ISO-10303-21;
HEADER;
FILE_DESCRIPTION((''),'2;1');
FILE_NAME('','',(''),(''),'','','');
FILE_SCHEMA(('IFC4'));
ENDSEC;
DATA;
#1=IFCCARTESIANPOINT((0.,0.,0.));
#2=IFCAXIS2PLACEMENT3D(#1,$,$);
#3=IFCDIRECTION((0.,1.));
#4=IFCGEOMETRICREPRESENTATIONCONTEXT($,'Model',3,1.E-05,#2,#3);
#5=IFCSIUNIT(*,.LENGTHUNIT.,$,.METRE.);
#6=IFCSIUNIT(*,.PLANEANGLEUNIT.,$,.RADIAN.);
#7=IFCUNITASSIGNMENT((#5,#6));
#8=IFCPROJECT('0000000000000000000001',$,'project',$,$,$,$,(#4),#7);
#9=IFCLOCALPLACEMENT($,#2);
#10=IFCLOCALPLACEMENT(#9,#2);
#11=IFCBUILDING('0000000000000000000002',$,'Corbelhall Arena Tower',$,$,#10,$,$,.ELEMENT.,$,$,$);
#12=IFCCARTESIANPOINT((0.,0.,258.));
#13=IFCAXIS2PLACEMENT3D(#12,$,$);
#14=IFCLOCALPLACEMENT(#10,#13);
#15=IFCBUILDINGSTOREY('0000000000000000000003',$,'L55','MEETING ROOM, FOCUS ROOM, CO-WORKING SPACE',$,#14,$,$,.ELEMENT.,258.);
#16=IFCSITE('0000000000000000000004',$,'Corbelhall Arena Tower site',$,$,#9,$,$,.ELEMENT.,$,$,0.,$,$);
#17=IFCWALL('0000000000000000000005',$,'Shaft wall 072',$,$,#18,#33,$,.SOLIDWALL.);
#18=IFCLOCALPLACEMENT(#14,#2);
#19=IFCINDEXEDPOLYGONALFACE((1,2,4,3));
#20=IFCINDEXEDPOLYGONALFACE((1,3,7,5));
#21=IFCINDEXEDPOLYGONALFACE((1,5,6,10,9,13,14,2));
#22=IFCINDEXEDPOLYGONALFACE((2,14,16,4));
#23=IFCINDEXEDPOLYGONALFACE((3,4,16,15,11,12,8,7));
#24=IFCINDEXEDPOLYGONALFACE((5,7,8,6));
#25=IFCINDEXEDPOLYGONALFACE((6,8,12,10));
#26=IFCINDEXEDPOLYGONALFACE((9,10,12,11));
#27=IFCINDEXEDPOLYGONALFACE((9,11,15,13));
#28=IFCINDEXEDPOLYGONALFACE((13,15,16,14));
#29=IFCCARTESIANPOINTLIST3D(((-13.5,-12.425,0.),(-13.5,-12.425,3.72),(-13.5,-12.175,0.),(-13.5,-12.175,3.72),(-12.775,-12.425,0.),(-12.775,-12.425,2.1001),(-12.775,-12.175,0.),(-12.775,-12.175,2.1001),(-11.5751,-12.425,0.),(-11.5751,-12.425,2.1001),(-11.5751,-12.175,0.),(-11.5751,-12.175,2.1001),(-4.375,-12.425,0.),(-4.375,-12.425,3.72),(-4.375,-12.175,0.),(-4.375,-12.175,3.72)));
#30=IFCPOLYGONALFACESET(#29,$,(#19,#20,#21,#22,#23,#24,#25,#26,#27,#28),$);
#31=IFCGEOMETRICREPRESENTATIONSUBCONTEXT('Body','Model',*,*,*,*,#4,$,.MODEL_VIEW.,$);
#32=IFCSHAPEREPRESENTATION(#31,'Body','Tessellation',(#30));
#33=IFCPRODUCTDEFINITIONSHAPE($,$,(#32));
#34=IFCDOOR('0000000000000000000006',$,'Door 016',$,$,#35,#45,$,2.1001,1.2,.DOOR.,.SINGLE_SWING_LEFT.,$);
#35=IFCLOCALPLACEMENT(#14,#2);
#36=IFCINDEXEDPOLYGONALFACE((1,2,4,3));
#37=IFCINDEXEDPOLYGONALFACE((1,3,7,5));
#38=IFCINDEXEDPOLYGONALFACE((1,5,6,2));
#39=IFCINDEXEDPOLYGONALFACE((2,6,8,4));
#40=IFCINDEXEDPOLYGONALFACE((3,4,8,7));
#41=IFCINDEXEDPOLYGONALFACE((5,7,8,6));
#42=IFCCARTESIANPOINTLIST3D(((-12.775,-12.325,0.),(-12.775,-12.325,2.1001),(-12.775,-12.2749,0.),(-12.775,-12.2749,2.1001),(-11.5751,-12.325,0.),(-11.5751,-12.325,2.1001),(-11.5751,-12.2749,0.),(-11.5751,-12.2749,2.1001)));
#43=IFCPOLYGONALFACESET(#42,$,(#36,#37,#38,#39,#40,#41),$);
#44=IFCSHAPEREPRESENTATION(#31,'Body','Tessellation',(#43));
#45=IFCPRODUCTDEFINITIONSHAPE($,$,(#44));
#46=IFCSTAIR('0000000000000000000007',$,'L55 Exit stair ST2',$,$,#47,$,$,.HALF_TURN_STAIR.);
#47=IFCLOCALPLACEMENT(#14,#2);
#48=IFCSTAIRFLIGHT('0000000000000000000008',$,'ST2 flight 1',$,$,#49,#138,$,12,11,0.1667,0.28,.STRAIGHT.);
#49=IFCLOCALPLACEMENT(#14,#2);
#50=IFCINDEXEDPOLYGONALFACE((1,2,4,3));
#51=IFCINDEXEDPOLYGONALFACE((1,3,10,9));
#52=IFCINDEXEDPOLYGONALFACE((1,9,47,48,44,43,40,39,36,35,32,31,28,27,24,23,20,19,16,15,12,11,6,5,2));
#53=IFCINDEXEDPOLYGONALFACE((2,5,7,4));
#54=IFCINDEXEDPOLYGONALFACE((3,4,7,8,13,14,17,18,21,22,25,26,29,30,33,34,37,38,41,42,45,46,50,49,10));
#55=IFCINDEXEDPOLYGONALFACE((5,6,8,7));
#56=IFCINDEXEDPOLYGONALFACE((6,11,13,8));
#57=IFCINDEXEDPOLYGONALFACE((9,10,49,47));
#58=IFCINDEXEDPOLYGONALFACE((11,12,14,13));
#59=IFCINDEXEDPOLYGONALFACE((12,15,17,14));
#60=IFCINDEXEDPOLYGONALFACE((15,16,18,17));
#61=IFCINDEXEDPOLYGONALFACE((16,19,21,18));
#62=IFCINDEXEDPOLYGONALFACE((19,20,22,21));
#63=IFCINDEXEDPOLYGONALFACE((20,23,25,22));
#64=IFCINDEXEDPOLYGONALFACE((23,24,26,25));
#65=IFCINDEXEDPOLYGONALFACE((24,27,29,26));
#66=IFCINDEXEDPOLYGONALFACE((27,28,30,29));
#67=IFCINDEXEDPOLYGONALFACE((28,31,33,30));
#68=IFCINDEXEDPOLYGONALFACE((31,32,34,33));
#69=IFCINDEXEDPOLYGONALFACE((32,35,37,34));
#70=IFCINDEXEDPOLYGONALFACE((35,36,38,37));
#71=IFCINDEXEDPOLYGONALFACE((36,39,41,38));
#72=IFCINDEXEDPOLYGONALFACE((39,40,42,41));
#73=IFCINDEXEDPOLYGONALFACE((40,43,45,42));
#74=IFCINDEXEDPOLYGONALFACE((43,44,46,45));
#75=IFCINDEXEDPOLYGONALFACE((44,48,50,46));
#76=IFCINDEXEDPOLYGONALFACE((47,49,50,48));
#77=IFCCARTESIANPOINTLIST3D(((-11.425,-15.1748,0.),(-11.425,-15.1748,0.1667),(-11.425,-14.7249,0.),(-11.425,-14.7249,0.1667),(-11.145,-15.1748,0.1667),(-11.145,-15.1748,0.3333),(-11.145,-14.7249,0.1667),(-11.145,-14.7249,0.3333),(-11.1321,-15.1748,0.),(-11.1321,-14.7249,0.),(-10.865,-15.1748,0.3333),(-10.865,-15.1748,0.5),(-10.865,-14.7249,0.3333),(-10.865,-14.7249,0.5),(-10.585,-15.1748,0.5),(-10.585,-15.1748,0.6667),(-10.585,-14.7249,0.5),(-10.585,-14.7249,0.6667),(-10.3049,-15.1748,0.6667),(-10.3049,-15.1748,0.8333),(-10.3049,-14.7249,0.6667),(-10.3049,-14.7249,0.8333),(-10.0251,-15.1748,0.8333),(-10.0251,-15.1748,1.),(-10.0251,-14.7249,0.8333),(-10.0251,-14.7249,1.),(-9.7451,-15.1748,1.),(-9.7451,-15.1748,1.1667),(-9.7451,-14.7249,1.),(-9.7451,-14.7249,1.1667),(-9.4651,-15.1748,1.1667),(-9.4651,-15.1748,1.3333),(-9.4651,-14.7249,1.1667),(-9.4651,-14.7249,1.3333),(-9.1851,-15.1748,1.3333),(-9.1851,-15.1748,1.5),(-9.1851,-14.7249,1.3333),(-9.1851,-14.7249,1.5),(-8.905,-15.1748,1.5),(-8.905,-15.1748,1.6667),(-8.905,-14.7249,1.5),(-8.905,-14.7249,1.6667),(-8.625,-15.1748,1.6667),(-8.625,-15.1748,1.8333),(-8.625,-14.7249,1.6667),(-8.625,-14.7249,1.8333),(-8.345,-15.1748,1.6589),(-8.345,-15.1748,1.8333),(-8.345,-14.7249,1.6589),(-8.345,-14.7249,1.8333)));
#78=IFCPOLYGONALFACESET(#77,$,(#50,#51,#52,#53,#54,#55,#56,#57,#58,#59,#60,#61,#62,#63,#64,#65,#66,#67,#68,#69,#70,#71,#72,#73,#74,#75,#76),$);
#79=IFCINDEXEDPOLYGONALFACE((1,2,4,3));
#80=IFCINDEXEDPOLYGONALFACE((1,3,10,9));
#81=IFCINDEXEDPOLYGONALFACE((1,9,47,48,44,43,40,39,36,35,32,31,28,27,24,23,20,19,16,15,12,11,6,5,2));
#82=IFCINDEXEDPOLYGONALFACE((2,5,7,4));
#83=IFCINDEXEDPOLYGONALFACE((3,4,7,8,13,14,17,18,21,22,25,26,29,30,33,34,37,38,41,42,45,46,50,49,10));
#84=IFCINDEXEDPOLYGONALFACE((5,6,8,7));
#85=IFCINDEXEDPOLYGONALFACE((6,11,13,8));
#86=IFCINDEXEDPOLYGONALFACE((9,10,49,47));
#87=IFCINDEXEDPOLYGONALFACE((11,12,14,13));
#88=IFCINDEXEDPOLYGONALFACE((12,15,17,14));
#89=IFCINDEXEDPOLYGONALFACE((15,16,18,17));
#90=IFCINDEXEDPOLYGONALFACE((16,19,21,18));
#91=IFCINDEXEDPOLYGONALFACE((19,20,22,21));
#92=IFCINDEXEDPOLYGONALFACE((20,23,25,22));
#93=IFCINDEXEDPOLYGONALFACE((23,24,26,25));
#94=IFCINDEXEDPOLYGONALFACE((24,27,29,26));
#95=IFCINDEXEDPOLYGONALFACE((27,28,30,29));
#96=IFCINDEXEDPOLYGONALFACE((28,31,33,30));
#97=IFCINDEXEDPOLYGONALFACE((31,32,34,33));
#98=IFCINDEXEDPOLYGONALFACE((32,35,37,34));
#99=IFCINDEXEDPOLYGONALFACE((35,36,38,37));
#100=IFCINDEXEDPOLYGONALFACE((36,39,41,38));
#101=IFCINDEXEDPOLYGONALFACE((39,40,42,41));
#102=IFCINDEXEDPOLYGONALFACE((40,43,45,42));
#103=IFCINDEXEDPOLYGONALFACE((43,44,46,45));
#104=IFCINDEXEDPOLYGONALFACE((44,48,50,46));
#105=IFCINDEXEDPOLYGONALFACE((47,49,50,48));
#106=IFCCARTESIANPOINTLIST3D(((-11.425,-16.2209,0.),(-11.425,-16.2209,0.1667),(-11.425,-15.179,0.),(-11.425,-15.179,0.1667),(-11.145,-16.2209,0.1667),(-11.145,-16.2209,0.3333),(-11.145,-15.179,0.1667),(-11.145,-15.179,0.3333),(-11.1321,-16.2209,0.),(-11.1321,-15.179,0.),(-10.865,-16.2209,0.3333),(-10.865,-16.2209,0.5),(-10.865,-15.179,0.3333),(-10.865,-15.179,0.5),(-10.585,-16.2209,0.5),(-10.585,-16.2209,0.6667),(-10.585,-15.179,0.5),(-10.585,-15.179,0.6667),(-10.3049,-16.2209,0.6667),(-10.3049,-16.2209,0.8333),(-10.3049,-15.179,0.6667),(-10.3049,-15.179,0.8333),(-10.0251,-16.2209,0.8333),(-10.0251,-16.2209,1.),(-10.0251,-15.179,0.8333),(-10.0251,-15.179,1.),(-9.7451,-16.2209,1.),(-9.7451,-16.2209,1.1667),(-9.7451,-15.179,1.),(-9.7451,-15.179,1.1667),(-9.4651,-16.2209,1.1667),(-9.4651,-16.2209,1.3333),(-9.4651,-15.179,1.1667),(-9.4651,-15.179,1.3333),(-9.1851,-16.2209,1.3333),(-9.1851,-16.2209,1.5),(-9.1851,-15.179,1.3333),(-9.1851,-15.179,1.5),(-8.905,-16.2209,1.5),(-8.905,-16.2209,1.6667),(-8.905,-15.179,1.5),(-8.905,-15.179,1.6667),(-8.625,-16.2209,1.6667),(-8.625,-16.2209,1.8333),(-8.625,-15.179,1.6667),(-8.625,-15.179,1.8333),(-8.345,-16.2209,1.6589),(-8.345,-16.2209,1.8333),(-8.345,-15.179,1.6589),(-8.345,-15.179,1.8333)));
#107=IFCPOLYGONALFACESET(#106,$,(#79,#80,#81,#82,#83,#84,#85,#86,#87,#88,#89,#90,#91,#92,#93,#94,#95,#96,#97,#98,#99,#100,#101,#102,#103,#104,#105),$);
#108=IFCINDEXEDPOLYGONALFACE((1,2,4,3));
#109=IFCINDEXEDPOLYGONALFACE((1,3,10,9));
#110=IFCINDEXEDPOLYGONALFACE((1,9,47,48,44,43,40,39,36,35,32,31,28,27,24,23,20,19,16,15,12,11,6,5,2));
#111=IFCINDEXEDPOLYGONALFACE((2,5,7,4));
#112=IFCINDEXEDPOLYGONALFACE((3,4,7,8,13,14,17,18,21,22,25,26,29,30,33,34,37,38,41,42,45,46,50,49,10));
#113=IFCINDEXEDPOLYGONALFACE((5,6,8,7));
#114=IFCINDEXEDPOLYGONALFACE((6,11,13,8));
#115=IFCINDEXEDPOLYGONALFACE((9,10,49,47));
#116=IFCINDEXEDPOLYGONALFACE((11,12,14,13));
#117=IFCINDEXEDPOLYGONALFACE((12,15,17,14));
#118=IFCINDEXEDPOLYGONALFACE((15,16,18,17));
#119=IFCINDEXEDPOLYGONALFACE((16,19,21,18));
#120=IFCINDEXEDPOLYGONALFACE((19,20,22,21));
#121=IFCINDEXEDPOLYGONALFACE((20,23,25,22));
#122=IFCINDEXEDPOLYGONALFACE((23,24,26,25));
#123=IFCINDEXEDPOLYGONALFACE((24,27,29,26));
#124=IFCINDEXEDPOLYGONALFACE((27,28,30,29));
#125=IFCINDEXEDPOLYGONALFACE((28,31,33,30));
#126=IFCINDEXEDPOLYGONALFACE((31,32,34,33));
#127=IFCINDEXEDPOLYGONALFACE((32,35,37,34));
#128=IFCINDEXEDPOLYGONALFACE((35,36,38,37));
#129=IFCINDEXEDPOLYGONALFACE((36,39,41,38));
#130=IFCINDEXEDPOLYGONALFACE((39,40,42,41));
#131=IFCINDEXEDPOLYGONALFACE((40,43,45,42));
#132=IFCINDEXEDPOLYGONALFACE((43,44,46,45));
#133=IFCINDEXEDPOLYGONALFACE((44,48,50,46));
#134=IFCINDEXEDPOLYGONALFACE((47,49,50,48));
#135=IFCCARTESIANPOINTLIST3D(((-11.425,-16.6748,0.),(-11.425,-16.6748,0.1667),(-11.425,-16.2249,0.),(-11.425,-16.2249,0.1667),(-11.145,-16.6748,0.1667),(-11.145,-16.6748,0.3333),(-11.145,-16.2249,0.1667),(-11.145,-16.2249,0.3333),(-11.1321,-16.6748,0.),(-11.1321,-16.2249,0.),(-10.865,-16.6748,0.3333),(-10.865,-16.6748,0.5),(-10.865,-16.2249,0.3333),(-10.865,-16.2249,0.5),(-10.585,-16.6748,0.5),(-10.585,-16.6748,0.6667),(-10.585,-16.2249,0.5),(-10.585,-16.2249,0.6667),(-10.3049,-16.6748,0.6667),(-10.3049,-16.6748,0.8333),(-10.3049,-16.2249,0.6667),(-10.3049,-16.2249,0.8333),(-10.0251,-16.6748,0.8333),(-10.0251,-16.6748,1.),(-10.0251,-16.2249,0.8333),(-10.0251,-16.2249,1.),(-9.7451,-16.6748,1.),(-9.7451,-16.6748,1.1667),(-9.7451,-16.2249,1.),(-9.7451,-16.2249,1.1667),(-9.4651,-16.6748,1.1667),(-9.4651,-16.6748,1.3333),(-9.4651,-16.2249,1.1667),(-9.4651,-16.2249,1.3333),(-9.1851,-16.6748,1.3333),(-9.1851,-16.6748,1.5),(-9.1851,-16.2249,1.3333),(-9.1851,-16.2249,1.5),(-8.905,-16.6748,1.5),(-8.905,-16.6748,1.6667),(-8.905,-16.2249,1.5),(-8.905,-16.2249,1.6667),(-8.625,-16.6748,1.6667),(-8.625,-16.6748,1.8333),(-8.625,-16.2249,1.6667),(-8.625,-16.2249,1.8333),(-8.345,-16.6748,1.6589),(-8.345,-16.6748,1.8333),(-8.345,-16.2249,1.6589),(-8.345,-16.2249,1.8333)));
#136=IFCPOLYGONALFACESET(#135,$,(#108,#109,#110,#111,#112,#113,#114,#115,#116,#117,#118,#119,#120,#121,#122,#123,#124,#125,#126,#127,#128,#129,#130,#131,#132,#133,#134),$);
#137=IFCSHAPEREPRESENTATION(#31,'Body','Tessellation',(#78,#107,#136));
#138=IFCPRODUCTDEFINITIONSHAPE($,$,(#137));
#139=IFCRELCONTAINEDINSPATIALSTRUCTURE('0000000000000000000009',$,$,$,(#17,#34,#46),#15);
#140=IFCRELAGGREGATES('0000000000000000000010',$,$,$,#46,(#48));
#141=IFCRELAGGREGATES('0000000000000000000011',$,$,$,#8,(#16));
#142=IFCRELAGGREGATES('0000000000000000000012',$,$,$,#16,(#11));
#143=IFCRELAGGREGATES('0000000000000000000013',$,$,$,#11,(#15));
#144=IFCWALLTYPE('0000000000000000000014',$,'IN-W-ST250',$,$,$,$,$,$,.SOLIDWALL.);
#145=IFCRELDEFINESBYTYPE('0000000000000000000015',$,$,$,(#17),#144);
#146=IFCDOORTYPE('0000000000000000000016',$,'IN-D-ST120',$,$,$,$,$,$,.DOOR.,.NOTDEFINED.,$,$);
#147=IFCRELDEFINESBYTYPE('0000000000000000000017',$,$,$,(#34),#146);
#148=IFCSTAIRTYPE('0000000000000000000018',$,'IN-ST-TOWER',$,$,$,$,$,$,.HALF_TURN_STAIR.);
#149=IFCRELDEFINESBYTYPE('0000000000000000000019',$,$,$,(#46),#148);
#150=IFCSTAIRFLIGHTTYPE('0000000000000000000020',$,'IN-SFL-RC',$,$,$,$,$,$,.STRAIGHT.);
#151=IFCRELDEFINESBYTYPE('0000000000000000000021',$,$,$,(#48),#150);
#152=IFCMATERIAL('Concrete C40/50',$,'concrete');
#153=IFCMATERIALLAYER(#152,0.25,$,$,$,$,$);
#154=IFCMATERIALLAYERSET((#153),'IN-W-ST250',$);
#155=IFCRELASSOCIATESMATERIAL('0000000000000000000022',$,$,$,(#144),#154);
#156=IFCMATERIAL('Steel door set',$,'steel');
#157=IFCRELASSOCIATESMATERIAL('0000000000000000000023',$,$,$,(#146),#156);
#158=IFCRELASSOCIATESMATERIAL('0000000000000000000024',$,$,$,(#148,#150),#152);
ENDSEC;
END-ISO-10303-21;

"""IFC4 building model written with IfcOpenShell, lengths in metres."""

from ifc_helpers import new_model, si_unit, direction, frame, frame_2d, origin, place, context, subcontext, project, spatial, polyline, rectangle, outline, extrude, material, layer, layer_set, type_object, element, fill, aggregate, save


model = new_model("IFC4")

# Units and contexts
model_context = context("Model", 3, precision=1e-05, world=origin(), true_north=direction((0.0, 1.0)))
body_context = subcontext(model_context, "Body", "Model", "MODEL_VIEW")
ifc_project = project(units=[si_unit("LENGTHUNIT", "METRE"), si_unit("PLANEANGLEUNIT", "RADIAN")], contexts=[model_context])

# Site, building, storey
site_placement = place(None, origin())
site = spatial("IfcSite", under=ifc_project, at=site_placement, Name="Corbelhall Arena Tower site", CompositionType="ELEMENT", RefElevation=0.0)
building_placement = place(site_placement, origin())
building = spatial("IfcBuilding", under=site, at=building_placement, Name="Corbelhall Arena Tower", CompositionType="ELEMENT")
storey_placement = place(building_placement, frame((0.0, 0.0, 258.0)))
storey = spatial("IfcBuildingStorey", under=building, at=storey_placement, Name="L55", Description="MEETING ROOM, FOCUS ROOM, CO-WORKING SPACE", CompositionType="ELEMENT", Elevation=258.0)

# Shared definitions
ifc_material_1 = material(Name="Steel door set", Category="steel")

# Shared definitions
ifc_material_2 = material(Name="Concrete C40/50", Category="concrete")
ifc_layer_1 = layer(ifc_material_2, 0.25)
ifc_layer_set_1 = layer_set([ifc_layer_1], Name="IN-W-ST250")
wall_type_1 = type_object("IfcWallType", Name="IN-W-ST250", PredefinedType="SOLIDWALL", material=ifc_layer_set_1)

# Wall, opening, door
wall_1_placement = place(storey_placement, frame((-4.375, -12.3, 0.0), z_axis=(0.0, 0.0, 1.0), x_axis=(-1.0, 0.0, 0.0)))
wall_1 = element("IfcWall", 1, at=wall_1_placement, inside=storey, type_object=wall_type_1, Name="Shaft wall 072", PredefinedType="SOLIDWALL", context=body_context, shape_type="SweptSolid", body=[
    extrude(rectangle(XDim=9.125, YDim=0.25, at=frame_2d((4.5625, 0.0))), origin(), (0.0, 0.0, 1.0), 3.72),
])
opening_1_placement = place(wall_1_placement, frame((7.2, 0.0, 0.0)))
opening_1 = element("IfcOpeningElement", 2, at=opening_1_placement, cuts=wall_1, PredefinedType="OPENING", context=body_context, shape_type="SweptSolid", body=[
    extrude(rectangle(XDim=1.2, YDim=2.1001, at=frame_2d((0.6001, 1.05))), frame((0.0, 0.125, 0.0), z_axis=(0.0, -1.0, 0.0), x_axis=(1.0, 0.0, 0.0)), (0.0, 0.0, 1.0), 0.25),
])
door_type_1 = type_object("IfcDoorType", Name="IN-D-ST120", OperationType="NOTDEFINED", PredefinedType="DOOR", material=ifc_material_1)
door_1_placement = place(opening_1_placement, origin())
door_1 = element("IfcDoor", 3, at=door_1_placement, inside=storey, type_object=door_type_1, Name="Door 016", OperationType="SINGLE_SWING_LEFT", OverallHeight=2.1001, OverallWidth=1.2, PredefinedType="DOOR", context=body_context, shape_type="SweptSolid", body=[
    extrude(rectangle(XDim=1.2, YDim=2.1001, at=frame_2d((0.6001, 1.05))), frame((0.0, 0.0249, 0.0), z_axis=(0.0, -1.0, 0.0), x_axis=(1.0, 0.0, 0.0)), (0.0, 0.0, 1.0), 0.05),
])
fill(opening_1, door_1)

# Stair, stair flight
stair_type = type_object("IfcStairType", Name="IN-ST-TOWER", PredefinedType="HALF_TURN_STAIR", material=ifc_material_2)
stair_placement = place(storey_placement, origin())
stair = element("IfcStair", 4, at=stair_placement, inside=storey, type_object=stair_type, Name="L55 Exit stair ST2", PredefinedType="HALF_TURN_STAIR")
stair_flight_type = type_object("IfcStairFlightType", Name="IN-SFL-RC", PredefinedType="STRAIGHT", material=ifc_material_2)
stair_flight_1_placement = place(storey_placement, frame((-11.425, -15.7, 0.0), z_axis=(0.0, 0.0, 1.0), x_axis=(1.0, 0.0, 0.0)))
stair_flight_1 = element("IfcStairFlight", 5, at=stair_flight_1_placement, type_object=stair_flight_type, Name="ST2 flight 1", NumberOfRisers=12, NumberOfTreads=11, PredefinedType="STRAIGHT", RiserHeight=0.1667, TreadLength=0.28, context=body_context, shape_type="SweptSolid", body=[
    extrude(outline(polyline([(0.0, 0.0), (0.0, 0.1667), (0.28, 0.1667), (0.28, 0.3333), (0.5601, 0.3333), (0.5601, 0.5), (0.8401, 0.5), (0.8401, 0.6667), (1.1201, 0.6667), (1.1201, 0.8333), (1.3999, 0.8333), (1.3999, 1.0), (1.6799, 1.0), (1.6799, 1.1667), (1.96, 1.1667), (1.96, 1.3333), (2.24, 1.3333), (2.24, 1.5), (2.52, 1.5), (2.52, 1.6667), (2.8, 1.6667), (2.8, 1.8333), (3.0801, 1.8333), (3.0801, 2.0), (3.0801, 1.6589), (0.293, 0.0), (0.0, 0.0)])), frame((0.0, 0.9751, 0.0), z_axis=(0.0, -1.0, 0.0), x_axis=(1.0, 0.0, 0.0)), (0.0, 0.0, 1.0), 0.45),
    extrude(outline(polyline([(0.0, 0.0), (0.0, 0.1667), (0.28, 0.1667), (0.28, 0.3333), (0.5601, 0.3333), (0.5601, 0.5), (0.8401, 0.5), (0.8401, 0.6667), (1.1201, 0.6667), (1.1201, 0.8333), (1.3999, 0.8333), (1.3999, 1.0), (1.6799, 1.0), (1.6799, 1.1667), (1.96, 1.1667), (1.96, 1.3333), (2.24, 1.3333), (2.24, 1.5), (2.52, 1.5), (2.52, 1.6667), (2.8, 1.6667), (2.8, 1.8333), (3.0801, 1.8333), (3.0801, 2.0), (3.0801, 1.6589), (0.293, 0.0), (0.0, 0.0)])), frame((0.0, 0.521, 0.0), z_axis=(0.0, -1.0, 0.0), x_axis=(1.0, 0.0, 0.0)), (0.0, 0.0, 1.0), 1.042),
    extrude(outline(polyline([(0.0, 0.0), (0.0, 0.1667), (0.28, 0.1667), (0.28, 0.3333), (0.5601, 0.3333), (0.5601, 0.5), (0.8401, 0.5), (0.8401, 0.6667), (1.1201, 0.6667), (1.1201, 0.8333), (1.3999, 0.8333), (1.3999, 1.0), (1.6799, 1.0), (1.6799, 1.1667), (1.96, 1.1667), (1.96, 1.3333), (2.24, 1.3333), (2.24, 1.5), (2.52, 1.5), (2.52, 1.6667), (2.8, 1.6667), (2.8, 1.8333), (3.0801, 1.8333), (3.0801, 2.0), (3.0801, 1.6589), (0.293, 0.0), (0.0, 0.0)])), frame((0.0, -0.5249, 0.0), z_axis=(0.0, -1.0, 0.0), x_axis=(1.0, 0.0, 0.0)), (0.0, 0.0, 1.0), 0.45),
])
aggregate(stair, [stair_flight_1])

save(model, "model.ifc")
